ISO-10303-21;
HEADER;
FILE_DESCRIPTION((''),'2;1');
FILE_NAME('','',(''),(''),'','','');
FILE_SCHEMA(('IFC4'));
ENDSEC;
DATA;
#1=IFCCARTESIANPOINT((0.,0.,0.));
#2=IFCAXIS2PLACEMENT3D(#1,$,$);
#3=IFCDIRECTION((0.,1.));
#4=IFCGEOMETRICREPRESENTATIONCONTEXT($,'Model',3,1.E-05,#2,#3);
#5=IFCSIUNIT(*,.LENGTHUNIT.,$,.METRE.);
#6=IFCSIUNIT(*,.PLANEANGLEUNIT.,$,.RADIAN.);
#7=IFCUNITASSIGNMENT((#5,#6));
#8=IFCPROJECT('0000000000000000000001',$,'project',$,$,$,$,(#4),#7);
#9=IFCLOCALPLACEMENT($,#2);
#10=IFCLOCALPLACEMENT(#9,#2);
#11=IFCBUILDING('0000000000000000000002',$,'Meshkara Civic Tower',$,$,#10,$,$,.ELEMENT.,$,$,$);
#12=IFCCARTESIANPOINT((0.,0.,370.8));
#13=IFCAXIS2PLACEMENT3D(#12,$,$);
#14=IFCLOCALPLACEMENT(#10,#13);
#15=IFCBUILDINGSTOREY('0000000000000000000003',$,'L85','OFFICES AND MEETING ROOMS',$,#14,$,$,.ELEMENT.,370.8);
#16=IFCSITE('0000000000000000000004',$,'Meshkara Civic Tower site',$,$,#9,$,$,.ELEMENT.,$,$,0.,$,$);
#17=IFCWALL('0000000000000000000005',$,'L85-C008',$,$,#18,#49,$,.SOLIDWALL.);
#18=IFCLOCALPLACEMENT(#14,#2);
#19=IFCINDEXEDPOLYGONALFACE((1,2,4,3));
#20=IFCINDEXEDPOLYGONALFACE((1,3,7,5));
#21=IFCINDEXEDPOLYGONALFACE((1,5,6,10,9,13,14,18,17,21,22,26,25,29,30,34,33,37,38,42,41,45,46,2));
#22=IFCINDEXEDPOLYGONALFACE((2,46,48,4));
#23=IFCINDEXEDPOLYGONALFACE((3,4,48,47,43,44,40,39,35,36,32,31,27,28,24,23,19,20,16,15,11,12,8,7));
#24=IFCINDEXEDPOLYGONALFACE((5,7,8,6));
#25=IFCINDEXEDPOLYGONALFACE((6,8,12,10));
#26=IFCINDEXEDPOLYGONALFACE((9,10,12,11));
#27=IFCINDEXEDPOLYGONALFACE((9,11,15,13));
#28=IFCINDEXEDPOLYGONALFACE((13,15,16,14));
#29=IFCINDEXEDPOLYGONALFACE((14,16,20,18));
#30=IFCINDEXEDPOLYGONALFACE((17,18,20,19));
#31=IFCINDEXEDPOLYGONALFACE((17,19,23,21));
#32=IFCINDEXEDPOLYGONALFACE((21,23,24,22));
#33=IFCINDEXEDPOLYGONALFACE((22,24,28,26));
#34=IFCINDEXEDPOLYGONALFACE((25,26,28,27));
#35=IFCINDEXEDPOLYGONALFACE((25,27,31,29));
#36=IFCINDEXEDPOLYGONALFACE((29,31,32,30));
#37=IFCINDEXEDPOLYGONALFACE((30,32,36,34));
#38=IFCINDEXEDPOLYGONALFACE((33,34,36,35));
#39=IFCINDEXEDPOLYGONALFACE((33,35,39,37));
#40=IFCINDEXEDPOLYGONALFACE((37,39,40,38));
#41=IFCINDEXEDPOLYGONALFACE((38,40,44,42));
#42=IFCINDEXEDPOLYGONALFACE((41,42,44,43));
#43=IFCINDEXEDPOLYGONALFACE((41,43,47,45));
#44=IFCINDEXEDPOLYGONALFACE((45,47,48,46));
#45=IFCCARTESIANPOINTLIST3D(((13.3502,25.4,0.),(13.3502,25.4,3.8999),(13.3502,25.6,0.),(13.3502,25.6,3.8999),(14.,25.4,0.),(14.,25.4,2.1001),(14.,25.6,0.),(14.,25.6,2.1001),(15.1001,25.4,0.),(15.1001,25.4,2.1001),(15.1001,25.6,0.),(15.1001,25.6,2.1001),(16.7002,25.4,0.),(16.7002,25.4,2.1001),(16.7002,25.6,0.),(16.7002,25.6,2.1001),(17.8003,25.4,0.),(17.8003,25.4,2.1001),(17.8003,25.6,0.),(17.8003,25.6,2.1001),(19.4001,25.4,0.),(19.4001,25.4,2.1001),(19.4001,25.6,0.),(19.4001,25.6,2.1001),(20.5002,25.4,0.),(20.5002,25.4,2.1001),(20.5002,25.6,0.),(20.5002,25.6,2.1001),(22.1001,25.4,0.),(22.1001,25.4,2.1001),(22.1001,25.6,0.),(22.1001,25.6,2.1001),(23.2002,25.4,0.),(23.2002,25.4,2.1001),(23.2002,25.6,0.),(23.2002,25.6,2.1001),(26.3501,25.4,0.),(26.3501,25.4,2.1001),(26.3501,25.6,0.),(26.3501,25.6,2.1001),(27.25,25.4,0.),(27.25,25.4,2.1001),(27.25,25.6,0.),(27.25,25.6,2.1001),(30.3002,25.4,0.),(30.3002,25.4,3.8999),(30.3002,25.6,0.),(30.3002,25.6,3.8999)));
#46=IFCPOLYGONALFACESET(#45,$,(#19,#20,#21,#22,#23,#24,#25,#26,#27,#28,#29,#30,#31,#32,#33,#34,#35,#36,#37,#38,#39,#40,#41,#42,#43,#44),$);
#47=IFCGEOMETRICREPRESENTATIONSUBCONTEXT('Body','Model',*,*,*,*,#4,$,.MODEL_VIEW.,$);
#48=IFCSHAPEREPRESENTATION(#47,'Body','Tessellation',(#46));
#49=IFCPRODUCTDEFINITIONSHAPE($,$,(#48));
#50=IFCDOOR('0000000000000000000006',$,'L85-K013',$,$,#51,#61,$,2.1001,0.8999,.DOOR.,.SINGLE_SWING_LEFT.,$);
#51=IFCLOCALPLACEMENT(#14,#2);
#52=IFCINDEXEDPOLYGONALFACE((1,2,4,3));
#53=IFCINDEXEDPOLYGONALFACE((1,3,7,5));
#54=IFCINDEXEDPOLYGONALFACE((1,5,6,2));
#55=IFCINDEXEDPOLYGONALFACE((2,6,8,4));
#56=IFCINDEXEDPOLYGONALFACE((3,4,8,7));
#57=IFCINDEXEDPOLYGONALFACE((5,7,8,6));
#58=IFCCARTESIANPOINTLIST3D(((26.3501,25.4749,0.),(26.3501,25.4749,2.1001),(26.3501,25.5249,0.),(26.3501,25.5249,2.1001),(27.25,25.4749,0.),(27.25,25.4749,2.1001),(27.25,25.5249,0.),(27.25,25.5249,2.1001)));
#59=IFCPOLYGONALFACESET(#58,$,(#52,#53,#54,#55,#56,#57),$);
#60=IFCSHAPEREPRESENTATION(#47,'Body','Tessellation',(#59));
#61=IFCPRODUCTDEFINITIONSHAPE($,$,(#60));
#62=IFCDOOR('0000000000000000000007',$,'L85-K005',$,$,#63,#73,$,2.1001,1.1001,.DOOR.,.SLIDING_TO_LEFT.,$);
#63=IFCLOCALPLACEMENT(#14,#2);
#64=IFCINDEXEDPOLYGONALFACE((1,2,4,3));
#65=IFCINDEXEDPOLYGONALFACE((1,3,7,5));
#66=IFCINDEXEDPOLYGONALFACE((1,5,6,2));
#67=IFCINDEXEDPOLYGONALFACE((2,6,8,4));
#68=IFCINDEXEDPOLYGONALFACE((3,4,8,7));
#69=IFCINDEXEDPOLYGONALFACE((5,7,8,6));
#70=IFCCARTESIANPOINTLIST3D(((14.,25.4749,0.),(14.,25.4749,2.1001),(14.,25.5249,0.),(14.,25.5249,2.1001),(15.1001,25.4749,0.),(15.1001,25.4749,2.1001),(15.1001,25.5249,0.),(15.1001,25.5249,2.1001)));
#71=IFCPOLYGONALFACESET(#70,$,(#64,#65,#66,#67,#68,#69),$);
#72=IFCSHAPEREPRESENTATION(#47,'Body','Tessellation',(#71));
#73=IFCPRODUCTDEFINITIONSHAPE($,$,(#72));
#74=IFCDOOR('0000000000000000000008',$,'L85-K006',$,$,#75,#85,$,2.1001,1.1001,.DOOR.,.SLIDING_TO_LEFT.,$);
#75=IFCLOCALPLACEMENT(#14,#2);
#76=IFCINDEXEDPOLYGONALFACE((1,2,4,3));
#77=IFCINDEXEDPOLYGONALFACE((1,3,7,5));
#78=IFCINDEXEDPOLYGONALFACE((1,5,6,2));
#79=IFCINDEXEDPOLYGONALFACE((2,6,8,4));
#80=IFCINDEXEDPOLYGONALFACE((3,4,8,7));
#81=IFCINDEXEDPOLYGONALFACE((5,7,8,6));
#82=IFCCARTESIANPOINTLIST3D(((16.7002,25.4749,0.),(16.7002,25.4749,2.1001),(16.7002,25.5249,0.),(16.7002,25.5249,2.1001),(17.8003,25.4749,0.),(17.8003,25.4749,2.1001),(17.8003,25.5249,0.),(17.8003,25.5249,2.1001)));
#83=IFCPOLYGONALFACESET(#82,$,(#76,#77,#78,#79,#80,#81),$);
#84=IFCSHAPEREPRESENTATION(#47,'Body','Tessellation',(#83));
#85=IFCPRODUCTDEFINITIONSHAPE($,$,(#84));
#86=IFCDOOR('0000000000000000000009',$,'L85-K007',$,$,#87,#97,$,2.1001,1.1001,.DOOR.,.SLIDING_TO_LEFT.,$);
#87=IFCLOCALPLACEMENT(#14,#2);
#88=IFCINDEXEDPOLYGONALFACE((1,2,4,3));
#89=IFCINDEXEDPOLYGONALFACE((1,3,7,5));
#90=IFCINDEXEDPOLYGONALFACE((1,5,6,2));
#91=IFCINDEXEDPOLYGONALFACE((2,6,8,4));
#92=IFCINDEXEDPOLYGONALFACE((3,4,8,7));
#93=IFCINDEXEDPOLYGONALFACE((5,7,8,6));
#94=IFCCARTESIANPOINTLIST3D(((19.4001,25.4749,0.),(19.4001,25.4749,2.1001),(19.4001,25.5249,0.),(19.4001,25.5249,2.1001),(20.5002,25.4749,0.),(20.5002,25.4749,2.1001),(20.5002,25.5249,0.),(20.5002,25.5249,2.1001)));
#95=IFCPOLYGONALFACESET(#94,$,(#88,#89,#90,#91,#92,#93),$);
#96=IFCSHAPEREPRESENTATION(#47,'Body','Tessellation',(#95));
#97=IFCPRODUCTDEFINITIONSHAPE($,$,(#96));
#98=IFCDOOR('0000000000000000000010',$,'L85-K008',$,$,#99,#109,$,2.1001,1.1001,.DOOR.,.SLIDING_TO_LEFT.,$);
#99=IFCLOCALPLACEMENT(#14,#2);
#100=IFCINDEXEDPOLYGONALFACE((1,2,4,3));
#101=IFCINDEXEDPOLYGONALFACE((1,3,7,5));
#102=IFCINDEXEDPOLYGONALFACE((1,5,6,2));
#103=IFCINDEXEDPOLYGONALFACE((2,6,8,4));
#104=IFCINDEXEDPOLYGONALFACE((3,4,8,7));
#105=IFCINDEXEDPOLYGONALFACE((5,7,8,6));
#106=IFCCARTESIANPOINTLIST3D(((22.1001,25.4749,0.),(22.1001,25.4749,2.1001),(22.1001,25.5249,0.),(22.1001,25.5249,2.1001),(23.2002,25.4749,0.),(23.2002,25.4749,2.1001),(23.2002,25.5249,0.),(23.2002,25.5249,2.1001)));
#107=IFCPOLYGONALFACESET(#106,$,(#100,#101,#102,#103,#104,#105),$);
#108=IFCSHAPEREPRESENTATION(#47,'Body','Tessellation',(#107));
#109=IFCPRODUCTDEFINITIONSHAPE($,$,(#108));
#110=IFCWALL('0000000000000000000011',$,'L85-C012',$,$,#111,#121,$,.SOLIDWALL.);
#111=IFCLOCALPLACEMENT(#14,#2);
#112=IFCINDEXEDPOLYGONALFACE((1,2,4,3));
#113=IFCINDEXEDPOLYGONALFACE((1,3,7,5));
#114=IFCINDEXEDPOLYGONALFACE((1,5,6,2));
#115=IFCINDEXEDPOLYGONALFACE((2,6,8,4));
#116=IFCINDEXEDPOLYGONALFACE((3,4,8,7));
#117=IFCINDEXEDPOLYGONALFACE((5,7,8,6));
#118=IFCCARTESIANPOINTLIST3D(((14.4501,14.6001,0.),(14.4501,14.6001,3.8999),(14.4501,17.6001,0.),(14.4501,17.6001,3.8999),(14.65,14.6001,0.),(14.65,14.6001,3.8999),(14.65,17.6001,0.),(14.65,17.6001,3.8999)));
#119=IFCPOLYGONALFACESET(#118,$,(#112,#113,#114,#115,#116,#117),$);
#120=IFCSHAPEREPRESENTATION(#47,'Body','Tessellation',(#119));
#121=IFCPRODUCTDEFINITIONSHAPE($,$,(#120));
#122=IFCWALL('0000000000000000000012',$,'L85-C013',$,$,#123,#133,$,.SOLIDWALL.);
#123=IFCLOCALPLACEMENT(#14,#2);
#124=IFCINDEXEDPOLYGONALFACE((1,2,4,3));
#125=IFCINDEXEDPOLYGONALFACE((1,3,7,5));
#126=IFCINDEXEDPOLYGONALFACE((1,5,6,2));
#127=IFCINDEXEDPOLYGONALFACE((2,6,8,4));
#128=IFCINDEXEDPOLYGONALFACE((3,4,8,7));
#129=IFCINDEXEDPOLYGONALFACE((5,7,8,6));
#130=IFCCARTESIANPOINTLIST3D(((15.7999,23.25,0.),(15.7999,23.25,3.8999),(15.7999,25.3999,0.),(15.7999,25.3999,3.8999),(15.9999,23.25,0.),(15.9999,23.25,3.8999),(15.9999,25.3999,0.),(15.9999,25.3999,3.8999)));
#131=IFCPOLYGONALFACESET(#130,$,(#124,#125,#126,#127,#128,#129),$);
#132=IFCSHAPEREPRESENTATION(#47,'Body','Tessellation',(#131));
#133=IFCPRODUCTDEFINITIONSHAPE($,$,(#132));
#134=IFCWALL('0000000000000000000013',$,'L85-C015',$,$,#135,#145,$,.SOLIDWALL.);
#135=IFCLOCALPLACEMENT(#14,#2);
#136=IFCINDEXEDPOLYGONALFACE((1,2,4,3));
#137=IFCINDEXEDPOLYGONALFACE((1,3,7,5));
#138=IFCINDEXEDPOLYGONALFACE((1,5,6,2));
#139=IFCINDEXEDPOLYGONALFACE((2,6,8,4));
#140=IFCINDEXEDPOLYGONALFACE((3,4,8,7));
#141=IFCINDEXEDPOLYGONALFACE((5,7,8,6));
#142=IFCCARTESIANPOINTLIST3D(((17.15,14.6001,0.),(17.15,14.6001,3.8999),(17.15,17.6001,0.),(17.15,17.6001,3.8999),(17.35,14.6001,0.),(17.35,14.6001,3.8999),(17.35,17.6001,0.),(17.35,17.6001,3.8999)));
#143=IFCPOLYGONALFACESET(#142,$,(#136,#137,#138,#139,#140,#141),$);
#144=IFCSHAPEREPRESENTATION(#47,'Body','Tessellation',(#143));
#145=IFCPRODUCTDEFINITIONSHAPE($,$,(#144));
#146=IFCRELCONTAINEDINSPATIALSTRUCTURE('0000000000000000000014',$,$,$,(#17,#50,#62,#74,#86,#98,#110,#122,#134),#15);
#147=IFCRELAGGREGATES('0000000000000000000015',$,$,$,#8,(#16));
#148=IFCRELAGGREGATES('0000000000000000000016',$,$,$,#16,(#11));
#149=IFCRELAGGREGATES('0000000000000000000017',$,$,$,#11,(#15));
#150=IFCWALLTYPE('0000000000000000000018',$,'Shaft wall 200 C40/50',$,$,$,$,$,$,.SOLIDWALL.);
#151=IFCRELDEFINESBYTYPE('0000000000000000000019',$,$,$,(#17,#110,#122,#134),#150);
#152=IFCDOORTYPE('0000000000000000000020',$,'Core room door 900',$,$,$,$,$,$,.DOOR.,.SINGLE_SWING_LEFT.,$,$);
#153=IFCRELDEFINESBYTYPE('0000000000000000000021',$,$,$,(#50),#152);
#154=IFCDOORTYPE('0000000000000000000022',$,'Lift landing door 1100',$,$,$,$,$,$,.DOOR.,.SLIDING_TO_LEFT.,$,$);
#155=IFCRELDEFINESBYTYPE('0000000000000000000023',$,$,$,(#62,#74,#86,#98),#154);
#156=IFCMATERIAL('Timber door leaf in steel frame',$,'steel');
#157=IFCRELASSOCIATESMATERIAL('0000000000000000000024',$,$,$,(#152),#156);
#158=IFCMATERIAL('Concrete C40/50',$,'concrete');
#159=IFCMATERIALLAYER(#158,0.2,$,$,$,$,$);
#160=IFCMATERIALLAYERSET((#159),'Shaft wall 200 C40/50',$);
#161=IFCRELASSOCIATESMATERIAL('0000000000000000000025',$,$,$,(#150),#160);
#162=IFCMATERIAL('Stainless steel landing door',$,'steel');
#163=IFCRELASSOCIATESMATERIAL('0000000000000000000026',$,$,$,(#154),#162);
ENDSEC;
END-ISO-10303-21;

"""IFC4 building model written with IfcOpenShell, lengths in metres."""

from ifc_helpers import new_model, si_unit, direction, frame, frame_2d, origin, place, context, subcontext, project, spatial, rectangle, extrude, material, layer, layer_set, type_object, element, fill, save


model = new_model("IFC4")

# Units and contexts
model_context = context("Model", 3, precision=1e-05, world=origin(), true_north=direction((0.0, 1.0)))
body_context = subcontext(model_context, "Body", "Model", "MODEL_VIEW")
ifc_project = project(units=[si_unit("LENGTHUNIT", "METRE"), si_unit("PLANEANGLEUNIT", "RADIAN")], contexts=[model_context])

# Site, building, storey
site_placement = place(None, origin())
site = spatial("IfcSite", under=ifc_project, at=site_placement, Name="Meshkara Civic Tower site", CompositionType="ELEMENT", RefElevation=0.0)
building_placement = place(site_placement, origin())
building = spatial("IfcBuilding", under=site, at=building_placement, Name="Meshkara Civic Tower", CompositionType="ELEMENT")
storey_placement = place(building_placement, frame((0.0, 0.0, 370.8)))
storey = spatial("IfcBuildingStorey", under=building, at=storey_placement, Name="L85", Description="OFFICES AND MEETING ROOMS", CompositionType="ELEMENT", Elevation=370.8)

# Shared definitions
ifc_material_1 = material(Name="Timber door leaf in steel frame", Category="steel")
door_type_1 = type_object("IfcDoorType", Name="Core room door 900", OperationType="SINGLE_SWING_LEFT", PredefinedType="DOOR", material=ifc_material_1)

# Wall, openings, doors
ifc_material_2 = material(Name="Concrete C40/50", Category="concrete")
ifc_layer_1 = layer(ifc_material_2, 0.2)
ifc_layer_set_1 = layer_set([ifc_layer_1], Name="Shaft wall 200 C40/50")
wall_type_1 = type_object("IfcWallType", Name="Shaft wall 200 C40/50", PredefinedType="SOLIDWALL", material=ifc_layer_set_1)
wall_1_placement = place(storey_placement, frame((13.3501, 25.5, 0.0), z_axis=(0.0, 0.0, 1.0), x_axis=(1.0, 0.0, 0.0)))
wall_1 = element("IfcWall", 1, at=wall_1_placement, inside=storey, type_object=wall_type_1, Name="L85-C008", PredefinedType="SOLIDWALL", context=body_context, shape_type="SweptSolid", body=[
    extrude(rectangle(XDim=16.95, YDim=0.2, at=frame_2d((8.4751, 0.0))), origin(), (0.0, 0.0, 1.0), 3.8999),
])
opening_1_placement = place(wall_1_placement, frame((0.6499, 0.0, 0.0)))
opening_1 = element("IfcOpeningElement", 2, at=opening_1_placement, cuts=wall_1, PredefinedType="OPENING", context=body_context, shape_type="SweptSolid", body=[
    extrude(rectangle(XDim=1.1001, YDim=2.1001, at=frame_2d((0.55, 1.05))), frame((0.0, 0.1099, 0.0), z_axis=(0.0, -1.0, 0.0), x_axis=(1.0, 0.0, 0.0)), (0.0, 0.0, 1.0), 0.22),
])
opening_2_placement = place(wall_1_placement, frame((3.3501, 0.0, 0.0)))
opening_2 = element("IfcOpeningElement", 3, at=opening_2_placement, cuts=wall_1, PredefinedType="OPENING", context=body_context, shape_type="SweptSolid", body=[
    extrude(rectangle(XDim=1.1001, YDim=2.1001, at=frame_2d((0.55, 1.05))), frame((0.0, 0.1099, 0.0), z_axis=(0.0, -1.0, 0.0), x_axis=(1.0, 0.0, 0.0)), (0.0, 0.0, 1.0), 0.22),
])
opening_3_placement = place(wall_1_placement, frame((6.05, 0.0, 0.0)))
opening_3 = element("IfcOpeningElement", 4, at=opening_3_placement, cuts=wall_1, PredefinedType="OPENING", context=body_context, shape_type="SweptSolid", body=[
    extrude(rectangle(XDim=1.1001, YDim=2.1001, at=frame_2d((0.55, 1.05))), frame((0.0, 0.1099, 0.0), z_axis=(0.0, -1.0, 0.0), x_axis=(1.0, 0.0, 0.0)), (0.0, 0.0, 1.0), 0.22),
])
opening_4_placement = place(wall_1_placement, frame((8.75, 0.0, 0.0)))
opening_4 = element("IfcOpeningElement", 5, at=opening_4_placement, cuts=wall_1, PredefinedType="OPENING", context=body_context, shape_type="SweptSolid", body=[
    extrude(rectangle(XDim=1.1001, YDim=2.1001, at=frame_2d((0.55, 1.05))), frame((0.0, 0.1099, 0.0), z_axis=(0.0, -1.0, 0.0), x_axis=(1.0, 0.0, 0.0)), (0.0, 0.0, 1.0), 0.22),
])
opening_5_placement = place(wall_1_placement, frame((13.0, 0.0, 0.0)))
opening_5 = element("IfcOpeningElement", 6, at=opening_5_placement, cuts=wall_1, PredefinedType="OPENING", context=body_context, shape_type="SweptSolid", body=[
    extrude(rectangle(XDim=0.8999, YDim=2.1001, at=frame_2d((0.45, 1.05))), frame((0.0, 0.1099, 0.0), z_axis=(0.0, -1.0, 0.0), x_axis=(1.0, 0.0, 0.0)), (0.0, 0.0, 1.0), 0.22),
])
door_1_placement = place(opening_5_placement, origin())
door_1 = element("IfcDoor", 7, at=door_1_placement, inside=storey, type_object=door_type_1, Name="L85-K013", OperationType="SINGLE_SWING_LEFT", OverallHeight=2.1001, OverallWidth=0.8999, PredefinedType="DOOR", context=body_context, shape_type="SweptSolid", body=[
    extrude(rectangle(XDim=0.8999, YDim=2.1001, at=frame_2d((0.45, 1.05))), frame((0.0, 0.0249, 0.0), z_axis=(0.0, -1.0, 0.0), x_axis=(1.0, 0.0, 0.0)), (0.0, 0.0, 1.0), 0.05),
])
fill(opening_5, door_1)
ifc_material_3 = material(Name="Stainless steel landing door", Category="steel")
door_type_2 = type_object("IfcDoorType", Name="Lift landing door 1100", OperationType="SLIDING_TO_LEFT", PredefinedType="DOOR", material=ifc_material_3)
door_2_placement = place(opening_1_placement, origin())
door_2 = element("IfcDoor", 8, at=door_2_placement, inside=storey, type_object=door_type_2, Name="L85-K005", OperationType="SLIDING_TO_LEFT", OverallHeight=2.1001, OverallWidth=1.1001, PredefinedType="DOOR", context=body_context, shape_type="SweptSolid", body=[
    extrude(rectangle(XDim=1.1001, YDim=2.1001, at=frame_2d((0.55, 1.05))), frame((0.0, 0.0249, 0.0), z_axis=(0.0, -1.0, 0.0), x_axis=(1.0, 0.0, 0.0)), (0.0, 0.0, 1.0), 0.05),
])
fill(opening_1, door_2)
door_3_placement = place(opening_2_placement, origin())
door_3 = element("IfcDoor", 9, at=door_3_placement, inside=storey, type_object=door_type_2, Name="L85-K006", OperationType="SLIDING_TO_LEFT", OverallHeight=2.1001, OverallWidth=1.1001, PredefinedType="DOOR", context=body_context, shape_type="SweptSolid", body=[
    extrude(rectangle(XDim=1.1001, YDim=2.1001, at=frame_2d((0.55, 1.05))), frame((0.0, 0.0249, 0.0), z_axis=(0.0, -1.0, 0.0), x_axis=(1.0, 0.0, 0.0)), (0.0, 0.0, 1.0), 0.05),
])
fill(opening_2, door_3)
door_4_placement = place(opening_3_placement, origin())
door_4 = element("IfcDoor", 10, at=door_4_placement, inside=storey, type_object=door_type_2, Name="L85-K007", OperationType="SLIDING_TO_LEFT", OverallHeight=2.1001, OverallWidth=1.1001, PredefinedType="DOOR", context=body_context, shape_type="SweptSolid", body=[
    extrude(rectangle(XDim=1.1001, YDim=2.1001, at=frame_2d((0.55, 1.05))), frame((0.0, 0.0249, 0.0), z_axis=(0.0, -1.0, 0.0), x_axis=(1.0, 0.0, 0.0)), (0.0, 0.0, 1.0), 0.05),
])
fill(opening_3, door_4)
door_5_placement = place(opening_4_placement, origin())
door_5 = element("IfcDoor", 11, at=door_5_placement, inside=storey, type_object=door_type_2, Name="L85-K008", OperationType="SLIDING_TO_LEFT", OverallHeight=2.1001, OverallWidth=1.1001, PredefinedType="DOOR", context=body_context, shape_type="SweptSolid", body=[
    extrude(rectangle(XDim=1.1001, YDim=2.1001, at=frame_2d((0.55, 1.05))), frame((0.0, 0.0249, 0.0), z_axis=(0.0, -1.0, 0.0), x_axis=(1.0, 0.0, 0.0)), (0.0, 0.0, 1.0), 0.05),
])
fill(opening_4, door_5)

# Walls
wall_2_placement = place(storey_placement, frame((14.55, 14.6001, 0.0), z_axis=(0.0, 0.0, 1.0), x_axis=(0.0, 1.0, 0.0)))
element("IfcWall", 12, at=wall_2_placement, inside=storey, type_object=wall_type_1, Name="L85-C012", PredefinedType="SOLIDWALL", context=body_context, shape_type="SweptSolid", body=[
    extrude(rectangle(XDim=3.0, YDim=0.2, at=frame_2d((1.5, 0.0))), origin(), (0.0, 0.0, 1.0), 3.8999),
])
wall_3_placement = place(storey_placement, frame((15.8999, 23.25, 0.0), z_axis=(0.0, 0.0, 1.0), x_axis=(0.0, 1.0, 0.0)))
element("IfcWall", 13, at=wall_3_placement, inside=storey, type_object=wall_type_1, Name="L85-C013", PredefinedType="SOLIDWALL", context=body_context, shape_type="SweptSolid", body=[
    extrude(rectangle(XDim=2.1499, YDim=0.2, at=frame_2d((1.075, 0.0))), origin(), (0.0, 0.0, 1.0), 3.8999),
])
wall_4_placement = place(storey_placement, frame((17.25, 14.6001, 0.0), z_axis=(0.0, 0.0, 1.0), x_axis=(0.0, 1.0, 0.0)))
element("IfcWall", 14, at=wall_4_placement, inside=storey, type_object=wall_type_1, Name="L85-C015", PredefinedType="SOLIDWALL", context=body_context, shape_type="SweptSolid", body=[
    extrude(rectangle(XDim=3.0, YDim=0.2, at=frame_2d((1.5, 0.0))), origin(), (0.0, 0.0, 1.0), 3.8999),
])

save(model, "model.ifc")
